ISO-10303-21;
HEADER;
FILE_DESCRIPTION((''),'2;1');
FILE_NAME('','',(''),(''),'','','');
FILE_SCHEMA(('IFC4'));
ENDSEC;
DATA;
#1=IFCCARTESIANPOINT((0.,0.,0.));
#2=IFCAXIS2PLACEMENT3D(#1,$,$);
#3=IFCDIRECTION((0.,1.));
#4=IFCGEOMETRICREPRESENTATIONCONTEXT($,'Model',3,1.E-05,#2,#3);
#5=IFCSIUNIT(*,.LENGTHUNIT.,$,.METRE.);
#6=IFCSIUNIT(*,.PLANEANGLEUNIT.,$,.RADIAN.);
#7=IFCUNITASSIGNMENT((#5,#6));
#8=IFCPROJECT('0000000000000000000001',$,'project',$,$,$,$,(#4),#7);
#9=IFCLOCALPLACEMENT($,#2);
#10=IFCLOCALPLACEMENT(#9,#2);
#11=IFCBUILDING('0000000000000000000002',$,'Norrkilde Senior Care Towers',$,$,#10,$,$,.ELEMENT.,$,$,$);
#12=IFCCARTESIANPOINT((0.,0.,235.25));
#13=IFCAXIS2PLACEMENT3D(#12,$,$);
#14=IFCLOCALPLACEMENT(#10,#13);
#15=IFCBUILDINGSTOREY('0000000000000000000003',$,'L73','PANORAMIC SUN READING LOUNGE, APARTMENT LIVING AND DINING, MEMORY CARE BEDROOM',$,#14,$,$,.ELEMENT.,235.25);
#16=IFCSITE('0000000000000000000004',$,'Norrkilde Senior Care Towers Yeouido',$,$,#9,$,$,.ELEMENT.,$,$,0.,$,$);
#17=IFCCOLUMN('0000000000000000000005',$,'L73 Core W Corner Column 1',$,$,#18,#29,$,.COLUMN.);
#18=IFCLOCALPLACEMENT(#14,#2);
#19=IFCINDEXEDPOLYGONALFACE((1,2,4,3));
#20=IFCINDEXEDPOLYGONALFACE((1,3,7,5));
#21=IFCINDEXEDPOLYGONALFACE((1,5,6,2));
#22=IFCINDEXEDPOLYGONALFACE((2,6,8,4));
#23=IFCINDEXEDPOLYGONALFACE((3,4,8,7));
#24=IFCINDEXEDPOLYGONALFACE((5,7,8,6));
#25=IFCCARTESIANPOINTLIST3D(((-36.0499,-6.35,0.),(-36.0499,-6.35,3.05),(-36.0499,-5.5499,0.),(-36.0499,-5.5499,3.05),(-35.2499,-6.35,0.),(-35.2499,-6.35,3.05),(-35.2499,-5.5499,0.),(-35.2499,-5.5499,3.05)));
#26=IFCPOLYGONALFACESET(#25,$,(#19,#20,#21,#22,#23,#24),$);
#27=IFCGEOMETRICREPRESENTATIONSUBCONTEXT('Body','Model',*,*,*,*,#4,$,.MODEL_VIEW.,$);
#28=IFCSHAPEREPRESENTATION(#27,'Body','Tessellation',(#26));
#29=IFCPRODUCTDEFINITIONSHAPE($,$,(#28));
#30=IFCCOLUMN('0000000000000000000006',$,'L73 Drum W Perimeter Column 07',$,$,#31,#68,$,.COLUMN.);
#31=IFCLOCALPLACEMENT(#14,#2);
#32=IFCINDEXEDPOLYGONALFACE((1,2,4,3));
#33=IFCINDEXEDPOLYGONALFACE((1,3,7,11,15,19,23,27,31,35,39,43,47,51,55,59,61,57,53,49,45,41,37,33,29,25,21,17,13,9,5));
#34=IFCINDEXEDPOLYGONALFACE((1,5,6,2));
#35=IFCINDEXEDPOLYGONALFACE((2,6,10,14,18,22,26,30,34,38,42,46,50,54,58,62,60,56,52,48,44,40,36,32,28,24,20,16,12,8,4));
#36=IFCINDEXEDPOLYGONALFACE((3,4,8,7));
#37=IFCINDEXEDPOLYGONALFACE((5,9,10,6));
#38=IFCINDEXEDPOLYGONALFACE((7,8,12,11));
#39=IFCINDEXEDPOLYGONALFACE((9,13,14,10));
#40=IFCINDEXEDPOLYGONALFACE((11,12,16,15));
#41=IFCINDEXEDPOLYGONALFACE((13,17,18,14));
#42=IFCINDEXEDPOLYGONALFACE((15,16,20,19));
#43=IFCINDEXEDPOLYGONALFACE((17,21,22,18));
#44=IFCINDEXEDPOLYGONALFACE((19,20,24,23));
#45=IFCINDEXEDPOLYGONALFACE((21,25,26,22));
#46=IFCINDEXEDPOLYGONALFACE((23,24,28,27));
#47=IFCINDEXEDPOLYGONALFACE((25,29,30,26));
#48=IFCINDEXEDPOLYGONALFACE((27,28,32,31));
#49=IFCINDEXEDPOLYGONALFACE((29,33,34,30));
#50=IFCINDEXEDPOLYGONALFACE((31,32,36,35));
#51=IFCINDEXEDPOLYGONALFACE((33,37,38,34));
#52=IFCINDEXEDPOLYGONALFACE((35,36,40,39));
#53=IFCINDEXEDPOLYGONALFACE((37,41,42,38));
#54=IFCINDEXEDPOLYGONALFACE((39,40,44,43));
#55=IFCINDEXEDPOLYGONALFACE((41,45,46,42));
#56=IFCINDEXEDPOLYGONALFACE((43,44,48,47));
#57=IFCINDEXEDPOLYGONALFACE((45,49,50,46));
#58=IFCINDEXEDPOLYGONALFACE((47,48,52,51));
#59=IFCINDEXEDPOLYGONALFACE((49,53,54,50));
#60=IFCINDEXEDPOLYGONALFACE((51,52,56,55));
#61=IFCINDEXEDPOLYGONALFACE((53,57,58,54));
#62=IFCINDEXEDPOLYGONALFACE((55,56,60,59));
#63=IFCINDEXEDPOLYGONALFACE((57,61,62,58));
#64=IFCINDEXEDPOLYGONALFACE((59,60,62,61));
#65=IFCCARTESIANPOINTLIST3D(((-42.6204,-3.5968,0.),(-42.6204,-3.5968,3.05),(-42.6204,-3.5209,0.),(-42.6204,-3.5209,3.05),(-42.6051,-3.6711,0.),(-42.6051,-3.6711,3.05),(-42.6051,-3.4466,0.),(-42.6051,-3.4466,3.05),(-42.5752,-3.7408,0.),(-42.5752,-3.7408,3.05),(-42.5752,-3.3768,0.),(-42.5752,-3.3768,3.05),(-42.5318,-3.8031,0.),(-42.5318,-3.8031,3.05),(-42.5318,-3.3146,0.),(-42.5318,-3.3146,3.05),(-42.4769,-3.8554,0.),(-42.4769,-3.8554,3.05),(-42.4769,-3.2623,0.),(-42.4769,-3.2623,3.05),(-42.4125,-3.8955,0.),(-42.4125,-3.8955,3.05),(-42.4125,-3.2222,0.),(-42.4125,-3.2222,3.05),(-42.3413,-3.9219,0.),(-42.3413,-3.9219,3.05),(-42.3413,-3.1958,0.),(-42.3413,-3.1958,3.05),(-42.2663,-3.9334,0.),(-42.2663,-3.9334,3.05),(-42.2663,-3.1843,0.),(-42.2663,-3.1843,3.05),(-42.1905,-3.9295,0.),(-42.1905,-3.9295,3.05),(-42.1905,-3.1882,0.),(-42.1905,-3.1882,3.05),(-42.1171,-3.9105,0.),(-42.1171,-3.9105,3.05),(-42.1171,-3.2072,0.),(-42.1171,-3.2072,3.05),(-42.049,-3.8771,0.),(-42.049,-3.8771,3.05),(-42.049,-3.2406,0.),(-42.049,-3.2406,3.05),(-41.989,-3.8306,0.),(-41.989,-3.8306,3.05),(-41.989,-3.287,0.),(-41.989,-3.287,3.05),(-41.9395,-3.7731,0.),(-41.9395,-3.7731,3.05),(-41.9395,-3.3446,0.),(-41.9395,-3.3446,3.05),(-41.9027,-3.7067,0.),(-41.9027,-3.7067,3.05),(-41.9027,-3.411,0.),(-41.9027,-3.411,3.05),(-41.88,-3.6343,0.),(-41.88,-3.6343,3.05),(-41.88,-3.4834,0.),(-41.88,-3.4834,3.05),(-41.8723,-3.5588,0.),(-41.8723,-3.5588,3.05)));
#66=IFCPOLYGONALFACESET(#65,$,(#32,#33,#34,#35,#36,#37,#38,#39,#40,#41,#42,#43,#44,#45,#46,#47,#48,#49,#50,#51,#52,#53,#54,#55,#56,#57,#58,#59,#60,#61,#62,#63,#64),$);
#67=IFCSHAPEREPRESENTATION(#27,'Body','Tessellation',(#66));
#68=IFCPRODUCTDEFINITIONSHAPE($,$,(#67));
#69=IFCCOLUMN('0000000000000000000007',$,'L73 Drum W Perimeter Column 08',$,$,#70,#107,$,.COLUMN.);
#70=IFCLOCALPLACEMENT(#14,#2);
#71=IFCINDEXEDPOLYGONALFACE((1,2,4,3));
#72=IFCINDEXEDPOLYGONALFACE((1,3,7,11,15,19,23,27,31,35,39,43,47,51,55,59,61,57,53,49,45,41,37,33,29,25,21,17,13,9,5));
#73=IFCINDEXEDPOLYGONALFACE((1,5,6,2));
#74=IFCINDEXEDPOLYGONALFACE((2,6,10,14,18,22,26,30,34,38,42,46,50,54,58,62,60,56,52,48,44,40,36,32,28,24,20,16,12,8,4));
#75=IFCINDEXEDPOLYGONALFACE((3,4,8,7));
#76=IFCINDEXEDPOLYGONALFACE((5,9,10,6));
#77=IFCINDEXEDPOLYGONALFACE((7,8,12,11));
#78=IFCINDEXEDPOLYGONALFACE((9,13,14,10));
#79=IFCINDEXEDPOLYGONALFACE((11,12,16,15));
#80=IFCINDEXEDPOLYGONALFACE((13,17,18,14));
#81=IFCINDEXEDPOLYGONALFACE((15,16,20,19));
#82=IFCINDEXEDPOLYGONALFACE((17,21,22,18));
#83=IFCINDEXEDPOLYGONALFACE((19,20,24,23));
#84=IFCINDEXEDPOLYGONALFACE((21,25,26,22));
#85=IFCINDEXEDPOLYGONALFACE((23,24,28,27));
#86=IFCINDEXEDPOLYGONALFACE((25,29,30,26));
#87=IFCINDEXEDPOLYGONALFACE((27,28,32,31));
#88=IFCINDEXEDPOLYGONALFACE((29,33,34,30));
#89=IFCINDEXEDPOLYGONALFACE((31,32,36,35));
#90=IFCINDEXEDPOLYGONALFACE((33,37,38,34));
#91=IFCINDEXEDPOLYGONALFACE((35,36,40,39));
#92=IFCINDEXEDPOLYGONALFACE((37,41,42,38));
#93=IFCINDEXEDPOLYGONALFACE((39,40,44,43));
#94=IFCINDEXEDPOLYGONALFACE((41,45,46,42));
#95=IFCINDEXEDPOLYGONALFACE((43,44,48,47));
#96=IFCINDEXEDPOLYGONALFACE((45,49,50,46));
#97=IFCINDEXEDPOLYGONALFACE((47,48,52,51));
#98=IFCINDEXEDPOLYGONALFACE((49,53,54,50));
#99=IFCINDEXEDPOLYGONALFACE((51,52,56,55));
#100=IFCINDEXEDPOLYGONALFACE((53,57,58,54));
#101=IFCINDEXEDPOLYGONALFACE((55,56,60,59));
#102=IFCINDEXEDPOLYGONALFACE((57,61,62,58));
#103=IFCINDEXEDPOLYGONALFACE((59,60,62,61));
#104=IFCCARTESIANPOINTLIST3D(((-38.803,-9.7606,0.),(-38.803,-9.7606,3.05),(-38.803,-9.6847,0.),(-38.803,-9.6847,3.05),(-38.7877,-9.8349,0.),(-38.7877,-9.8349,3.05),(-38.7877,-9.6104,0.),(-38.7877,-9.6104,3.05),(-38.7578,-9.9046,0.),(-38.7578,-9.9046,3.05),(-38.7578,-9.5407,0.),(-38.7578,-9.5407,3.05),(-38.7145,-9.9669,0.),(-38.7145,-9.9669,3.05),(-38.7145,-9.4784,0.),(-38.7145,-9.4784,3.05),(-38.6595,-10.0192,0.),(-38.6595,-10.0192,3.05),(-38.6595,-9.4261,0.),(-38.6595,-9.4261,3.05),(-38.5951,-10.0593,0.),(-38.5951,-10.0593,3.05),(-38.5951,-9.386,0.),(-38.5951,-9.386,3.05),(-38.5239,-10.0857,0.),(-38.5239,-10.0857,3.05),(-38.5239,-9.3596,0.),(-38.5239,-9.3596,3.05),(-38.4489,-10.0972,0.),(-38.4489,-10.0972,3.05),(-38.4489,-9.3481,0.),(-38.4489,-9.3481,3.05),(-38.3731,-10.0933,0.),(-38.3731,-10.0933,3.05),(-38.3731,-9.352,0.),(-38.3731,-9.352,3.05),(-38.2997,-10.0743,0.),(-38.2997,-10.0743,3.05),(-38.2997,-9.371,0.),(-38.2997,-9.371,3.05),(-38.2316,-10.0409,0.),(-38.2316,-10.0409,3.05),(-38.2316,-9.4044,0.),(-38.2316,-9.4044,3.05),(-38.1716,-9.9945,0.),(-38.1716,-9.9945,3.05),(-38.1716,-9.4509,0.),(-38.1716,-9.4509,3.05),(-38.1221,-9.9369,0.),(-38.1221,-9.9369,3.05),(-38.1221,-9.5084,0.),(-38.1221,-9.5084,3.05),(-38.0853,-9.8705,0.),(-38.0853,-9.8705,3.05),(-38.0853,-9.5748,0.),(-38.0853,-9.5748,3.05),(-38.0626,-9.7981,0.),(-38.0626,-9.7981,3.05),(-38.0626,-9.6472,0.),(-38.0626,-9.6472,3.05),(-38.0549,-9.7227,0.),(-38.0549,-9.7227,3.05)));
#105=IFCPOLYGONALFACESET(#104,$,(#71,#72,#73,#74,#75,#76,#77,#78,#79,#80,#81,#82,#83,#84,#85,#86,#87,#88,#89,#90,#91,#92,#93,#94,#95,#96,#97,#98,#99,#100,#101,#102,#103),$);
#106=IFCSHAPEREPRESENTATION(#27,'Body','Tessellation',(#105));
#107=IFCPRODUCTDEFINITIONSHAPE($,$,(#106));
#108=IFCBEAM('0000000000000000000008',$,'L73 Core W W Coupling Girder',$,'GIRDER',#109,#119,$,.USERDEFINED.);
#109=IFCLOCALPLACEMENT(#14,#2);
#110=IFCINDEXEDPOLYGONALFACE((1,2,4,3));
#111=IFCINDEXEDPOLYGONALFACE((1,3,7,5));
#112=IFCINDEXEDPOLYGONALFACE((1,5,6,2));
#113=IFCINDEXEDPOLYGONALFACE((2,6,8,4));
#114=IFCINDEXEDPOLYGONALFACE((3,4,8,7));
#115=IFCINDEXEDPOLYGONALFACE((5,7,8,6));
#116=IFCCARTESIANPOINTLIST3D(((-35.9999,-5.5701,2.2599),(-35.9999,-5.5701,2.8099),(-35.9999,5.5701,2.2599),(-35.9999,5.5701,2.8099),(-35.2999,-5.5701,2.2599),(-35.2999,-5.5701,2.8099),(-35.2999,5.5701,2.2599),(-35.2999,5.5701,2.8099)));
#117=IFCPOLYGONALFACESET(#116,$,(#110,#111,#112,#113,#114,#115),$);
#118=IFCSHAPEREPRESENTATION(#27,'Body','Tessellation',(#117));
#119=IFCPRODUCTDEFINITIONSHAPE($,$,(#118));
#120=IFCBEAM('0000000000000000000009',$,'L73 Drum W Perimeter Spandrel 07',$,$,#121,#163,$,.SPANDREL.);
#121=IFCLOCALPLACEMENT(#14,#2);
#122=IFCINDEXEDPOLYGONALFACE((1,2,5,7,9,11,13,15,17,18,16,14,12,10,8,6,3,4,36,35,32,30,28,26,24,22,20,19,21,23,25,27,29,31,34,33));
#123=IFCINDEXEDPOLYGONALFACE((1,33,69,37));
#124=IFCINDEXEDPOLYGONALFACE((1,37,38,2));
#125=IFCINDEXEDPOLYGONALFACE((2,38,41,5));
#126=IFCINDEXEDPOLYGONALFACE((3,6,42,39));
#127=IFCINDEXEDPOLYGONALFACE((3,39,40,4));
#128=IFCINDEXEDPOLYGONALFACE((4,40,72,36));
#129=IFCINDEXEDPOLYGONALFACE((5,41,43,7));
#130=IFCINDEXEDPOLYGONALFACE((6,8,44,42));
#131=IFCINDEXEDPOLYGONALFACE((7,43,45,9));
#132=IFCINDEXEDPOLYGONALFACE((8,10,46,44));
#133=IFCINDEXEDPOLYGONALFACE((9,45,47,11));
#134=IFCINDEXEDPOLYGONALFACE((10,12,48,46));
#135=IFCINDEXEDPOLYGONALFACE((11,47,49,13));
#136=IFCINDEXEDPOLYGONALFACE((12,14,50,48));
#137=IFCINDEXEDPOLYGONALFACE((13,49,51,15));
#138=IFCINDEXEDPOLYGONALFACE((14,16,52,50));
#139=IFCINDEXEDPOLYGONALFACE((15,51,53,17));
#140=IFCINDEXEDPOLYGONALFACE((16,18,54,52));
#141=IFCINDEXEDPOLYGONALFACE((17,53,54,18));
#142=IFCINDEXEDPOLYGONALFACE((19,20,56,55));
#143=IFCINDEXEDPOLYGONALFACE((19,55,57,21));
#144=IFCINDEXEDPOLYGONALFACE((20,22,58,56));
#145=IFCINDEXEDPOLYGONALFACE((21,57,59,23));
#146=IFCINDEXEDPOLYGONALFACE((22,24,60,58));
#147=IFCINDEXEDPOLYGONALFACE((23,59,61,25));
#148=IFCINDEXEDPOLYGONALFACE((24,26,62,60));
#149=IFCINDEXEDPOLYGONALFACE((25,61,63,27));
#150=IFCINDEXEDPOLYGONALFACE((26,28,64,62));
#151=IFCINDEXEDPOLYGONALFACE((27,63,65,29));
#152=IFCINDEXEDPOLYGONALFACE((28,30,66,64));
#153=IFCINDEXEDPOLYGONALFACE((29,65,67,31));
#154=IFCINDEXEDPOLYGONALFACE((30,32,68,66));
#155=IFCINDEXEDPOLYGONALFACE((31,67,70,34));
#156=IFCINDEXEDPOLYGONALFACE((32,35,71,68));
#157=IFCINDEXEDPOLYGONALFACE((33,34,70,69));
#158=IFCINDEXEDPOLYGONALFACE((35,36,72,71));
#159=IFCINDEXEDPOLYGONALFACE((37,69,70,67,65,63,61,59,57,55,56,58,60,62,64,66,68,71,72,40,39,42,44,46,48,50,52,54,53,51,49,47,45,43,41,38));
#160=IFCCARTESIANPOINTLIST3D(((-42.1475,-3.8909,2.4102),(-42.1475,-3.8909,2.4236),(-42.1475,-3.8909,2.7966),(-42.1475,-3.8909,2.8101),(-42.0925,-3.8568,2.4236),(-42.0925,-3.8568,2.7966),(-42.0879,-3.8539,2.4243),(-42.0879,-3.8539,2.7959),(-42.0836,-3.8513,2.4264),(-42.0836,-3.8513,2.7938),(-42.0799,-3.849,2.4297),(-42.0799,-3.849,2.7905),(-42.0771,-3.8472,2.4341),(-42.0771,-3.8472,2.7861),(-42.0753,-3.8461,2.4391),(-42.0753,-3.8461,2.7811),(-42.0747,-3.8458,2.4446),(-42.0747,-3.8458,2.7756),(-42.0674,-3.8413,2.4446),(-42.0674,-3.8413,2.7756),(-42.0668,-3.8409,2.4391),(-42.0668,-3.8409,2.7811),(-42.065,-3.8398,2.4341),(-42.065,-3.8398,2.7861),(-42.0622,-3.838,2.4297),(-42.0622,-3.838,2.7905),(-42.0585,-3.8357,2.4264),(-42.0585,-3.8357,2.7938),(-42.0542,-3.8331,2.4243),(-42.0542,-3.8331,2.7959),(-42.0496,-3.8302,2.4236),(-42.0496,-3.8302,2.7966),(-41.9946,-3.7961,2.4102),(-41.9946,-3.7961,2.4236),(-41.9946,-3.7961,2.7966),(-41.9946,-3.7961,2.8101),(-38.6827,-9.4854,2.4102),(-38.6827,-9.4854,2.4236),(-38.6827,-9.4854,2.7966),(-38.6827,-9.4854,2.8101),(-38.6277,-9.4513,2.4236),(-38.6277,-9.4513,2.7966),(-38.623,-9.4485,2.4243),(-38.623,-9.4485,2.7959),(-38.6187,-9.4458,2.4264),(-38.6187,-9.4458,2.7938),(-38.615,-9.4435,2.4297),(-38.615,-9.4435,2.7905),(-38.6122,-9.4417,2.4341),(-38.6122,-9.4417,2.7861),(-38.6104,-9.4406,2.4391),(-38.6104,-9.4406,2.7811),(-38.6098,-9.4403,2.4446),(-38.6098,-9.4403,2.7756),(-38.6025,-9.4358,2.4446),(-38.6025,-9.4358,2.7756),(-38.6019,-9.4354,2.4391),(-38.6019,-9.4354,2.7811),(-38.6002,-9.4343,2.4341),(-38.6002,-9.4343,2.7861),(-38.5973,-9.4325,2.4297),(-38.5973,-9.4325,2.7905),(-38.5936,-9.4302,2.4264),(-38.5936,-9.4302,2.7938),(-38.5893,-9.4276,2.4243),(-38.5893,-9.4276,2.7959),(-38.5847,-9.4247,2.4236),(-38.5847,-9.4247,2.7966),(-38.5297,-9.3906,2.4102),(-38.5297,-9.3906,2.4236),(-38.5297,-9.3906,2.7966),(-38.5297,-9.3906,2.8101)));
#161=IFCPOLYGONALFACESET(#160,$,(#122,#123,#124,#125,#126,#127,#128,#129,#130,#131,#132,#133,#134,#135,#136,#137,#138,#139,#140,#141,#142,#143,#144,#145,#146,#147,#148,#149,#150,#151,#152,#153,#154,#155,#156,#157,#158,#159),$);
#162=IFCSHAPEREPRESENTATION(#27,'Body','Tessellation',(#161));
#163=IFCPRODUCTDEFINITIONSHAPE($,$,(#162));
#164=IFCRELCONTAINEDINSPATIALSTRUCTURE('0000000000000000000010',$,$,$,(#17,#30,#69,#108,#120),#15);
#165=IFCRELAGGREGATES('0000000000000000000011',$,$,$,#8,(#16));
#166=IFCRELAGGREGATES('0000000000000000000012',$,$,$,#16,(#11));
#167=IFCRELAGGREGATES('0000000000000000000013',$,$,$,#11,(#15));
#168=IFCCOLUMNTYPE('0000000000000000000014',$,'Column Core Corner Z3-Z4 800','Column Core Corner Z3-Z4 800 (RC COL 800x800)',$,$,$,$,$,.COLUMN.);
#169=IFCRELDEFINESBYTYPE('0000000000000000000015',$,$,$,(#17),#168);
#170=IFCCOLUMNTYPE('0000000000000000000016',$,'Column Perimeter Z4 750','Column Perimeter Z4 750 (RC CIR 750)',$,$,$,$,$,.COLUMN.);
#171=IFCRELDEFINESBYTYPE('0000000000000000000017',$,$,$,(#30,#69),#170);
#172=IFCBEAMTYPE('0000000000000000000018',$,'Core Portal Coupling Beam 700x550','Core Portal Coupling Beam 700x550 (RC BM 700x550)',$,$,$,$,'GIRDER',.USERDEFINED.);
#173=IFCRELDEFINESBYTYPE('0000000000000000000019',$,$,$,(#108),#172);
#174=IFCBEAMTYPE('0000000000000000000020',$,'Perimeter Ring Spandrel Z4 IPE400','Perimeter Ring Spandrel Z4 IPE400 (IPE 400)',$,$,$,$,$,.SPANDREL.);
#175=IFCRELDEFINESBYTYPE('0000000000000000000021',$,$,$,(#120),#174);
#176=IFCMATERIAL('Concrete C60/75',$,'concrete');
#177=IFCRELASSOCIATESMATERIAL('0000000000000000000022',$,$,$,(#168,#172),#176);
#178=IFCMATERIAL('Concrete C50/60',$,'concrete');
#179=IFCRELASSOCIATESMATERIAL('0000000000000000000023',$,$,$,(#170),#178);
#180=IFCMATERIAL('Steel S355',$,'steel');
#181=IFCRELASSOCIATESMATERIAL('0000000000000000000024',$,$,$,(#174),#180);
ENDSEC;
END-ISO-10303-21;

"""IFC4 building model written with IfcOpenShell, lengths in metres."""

from ifc_helpers import new_model, si_unit, direction, frame, origin, origin_2d, place, context, subcontext, project, spatial, rectangle, circle, i_section, extrude, source, transform, mapped, material, material_profile, profile_set, type_object, type_shapes, element, save


model = new_model("IFC4")

# Units and contexts
model_context = context("Model", 3, precision=1e-05, world=origin(), true_north=direction((0.0, 1.0)))
body_context = subcontext(model_context, "Body", "Model", "MODEL_VIEW")
ifc_project = project(units=[si_unit("LENGTHUNIT", "METRE"), si_unit("PLANEANGLEUNIT", "RADIAN")], contexts=[model_context])

# Site, building, storey
site_placement = place(None, origin())
site = spatial("IfcSite", under=ifc_project, at=site_placement, Name="Norrkilde Senior Care Towers Yeouido", CompositionType="ELEMENT", RefElevation=0.0)
building_placement = place(site_placement, origin())
building = spatial("IfcBuilding", under=site, at=building_placement, Name="Norrkilde Senior Care Towers", CompositionType="ELEMENT")
storey_placement = place(building_placement, frame((0.0, 0.0, 235.25)))
storey = spatial("IfcBuildingStorey", under=building, at=storey_placement, Name="L73", Description="PANORAMIC SUN READING LOUNGE, APARTMENT LIVING AND DINING, MEMORY CARE BEDROOM", CompositionType="ELEMENT", Elevation=235.25)

# Columns
ifc_material_1 = material(Name="Concrete C60/75", Category="concrete")
ifc_material_profile_1 = material_profile(ifc_material_1, rectangle(XDim=0.8, YDim=0.8, at=origin_2d()), Name="RC COL 800x800")
ifc_profile_set_1 = profile_set([ifc_material_profile_1], Name="Concrete C60/75")
column_type_1 = type_object("IfcColumnType", Name="Column Core Corner Z3-Z4 800", Description="Column Core Corner Z3-Z4 800 (RC COL 800x800)", PredefinedType="COLUMN", material=ifc_profile_set_1)
shared_shape_1 = source(origin(), body_context, "Body", "SweptSolid", [
    extrude(rectangle(XDim=0.8, YDim=0.8, at=origin_2d()), origin(), (0.0, 0.0, 1.0), 3.05),
])
type_shapes(column_type_1, [shared_shape_1])
column_placement = place(storey_placement, frame((-35.6499, -5.95, 0.0), z_axis=(0.0, 0.0, 1.0), x_axis=(1.0, 0.0, 0.0)))
element("IfcColumn", 1, at=column_placement, inside=storey, type_object=column_type_1, Name="L73 Core W Corner Column 1", PredefinedType="COLUMN", context=body_context, shape_type="MappedRepresentation", body=[
    mapped(shared_shape_1, transform((0.0, 0.0, 0.0), x_axis=(1.0, 0.0, 0.0), y_axis=(0.0, 1.0, 0.0), z_axis=(0.0, 0.0, 1.0), scale=1.0)),
])
ifc_material_2 = material(Name="Concrete C50/60", Category="concrete")
ifc_material_profile_2 = material_profile(ifc_material_2, circle(Radius=0.375, at=origin_2d()), Name="RC CIR 750")
ifc_profile_set_2 = profile_set([ifc_material_profile_2], Name="Concrete C50/60")
column_type_2 = type_object("IfcColumnType", Name="Column Perimeter Z4 750", Description="Column Perimeter Z4 750 (RC CIR 750)", PredefinedType="COLUMN", material=ifc_profile_set_2)
shared_shape_2 = source(origin(), body_context, "Body", "SweptSolid", [
    extrude(circle(Radius=0.375, at=origin_2d()), origin(), (0.0, 0.0, 1.0), 3.05),
])
type_shapes(column_type_2, [shared_shape_2])
for number, where, z_axis, x_axis, name in (
    (2, (-42.2473, -3.5588, 0.0), (0.0, 0.0, 1.0), (1.0, 0.0, 0.0), "L73 Drum W Perimeter Column 07"),
    (3, (-38.4299, -9.7227, 0.0), (0.0, 0.0, 1.0), (1.0, 0.0, 0.0), "L73 Drum W Perimeter Column 08"),
):
    element("IfcColumn", number, at=place(storey_placement, frame(where, z_axis=z_axis, x_axis=x_axis)), inside=storey, type_object=column_type_2, Name=name, PredefinedType="COLUMN", context=body_context, shape_type="MappedRepresentation", body=[
        mapped(shared_shape_2, transform((0.0, 0.0, 0.0), x_axis=(1.0, 0.0, 0.0), y_axis=(0.0, 1.0, 0.0), z_axis=(0.0, 0.0, 1.0), scale=1.0)),
    ])

# Beams
ifc_material_profile_3 = material_profile(ifc_material_1, rectangle(XDim=0.7, YDim=0.55, at=origin_2d()), Name="RC BM 700x550")
ifc_profile_set_3 = profile_set([ifc_material_profile_3], Name="Concrete C60/75")
beam_type_1 = type_object("IfcBeamType", Name="Core Portal Coupling Beam 700x550", Description="Core Portal Coupling Beam 700x550 (RC BM 700x550)", ElementType="GIRDER", PredefinedType="USERDEFINED", material=ifc_profile_set_3)
shared_shape_3 = source(origin(), body_context, "Body", "SweptSolid", [
    extrude(rectangle(XDim=0.7, YDim=0.55, at=origin_2d()), origin(), (0.0, 0.0, 1.0), 11.1401),
])
type_shapes(beam_type_1, [shared_shape_3])
beam_1_placement = place(storey_placement, frame((-35.6499, -5.5701, 2.5349), z_axis=(0.0, 1.0, 0.0), x_axis=(-1.0, 0.0, 0.0)))
element("IfcBeam", 4, at=beam_1_placement, inside=storey, type_object=beam_type_1, Name="L73 Core W W Coupling Girder", ObjectType="GIRDER", PredefinedType="USERDEFINED", context=body_context, shape_type="MappedRepresentation", body=[
    mapped(shared_shape_3, transform((0.0, 0.0, 0.0), x_axis=(1.0, 0.0, 0.0), y_axis=(0.0, 1.0, 0.0), z_axis=(0.0, 0.0, 1.0), scale=1.0)),
])
ifc_material_3 = material(Name="Steel S355", Category="steel")
ifc_material_profile_4 = material_profile(ifc_material_3, i_section(OverallWidth=0.1799, OverallDepth=0.3999, WebThickness=0.0085, FlangeThickness=0.0134, FilletRadius=0.021, at=origin_2d()), Name="IPE 400")
ifc_profile_set_4 = profile_set([ifc_material_profile_4], Name="Steel S355")
beam_type_2 = type_object("IfcBeamType", Name="Perimeter Ring Spandrel Z4 IPE400", Description="Perimeter Ring Spandrel Z4 IPE400 (IPE 400)", PredefinedType="SPANDREL", material=ifc_profile_set_4)
shared_shape_4 = source(origin(), body_context, "Body", "SweptSolid", [
    extrude(i_section(OverallWidth=0.1799, OverallDepth=0.3999, WebThickness=0.0085, FlangeThickness=0.0134, FilletRadius=0.021, at=origin_2d()), origin(), (0.0, 0.0, 1.0), 6.5806),
])
beam_2_placement = place(storey_placement, frame((-42.071, -3.8435, 2.6101), z_axis=(0.52653, -0.850157, 0.0), x_axis=(0.850157, 0.52653, 0.0)))
element("IfcBeam", 5, at=beam_2_placement, inside=storey, type_object=beam_type_2, Name="L73 Drum W Perimeter Spandrel 07", PredefinedType="SPANDREL", context=body_context, shape_type="MappedRepresentation", body=[
    mapped(shared_shape_4, transform((0.0, 0.0, 0.0), x_axis=(1.0, 0.0, 0.0), y_axis=(0.0, 1.0, 0.0), z_axis=(0.0, 0.0, 1.0), scale=1.0)),
])

save(model, "model.ifc")
